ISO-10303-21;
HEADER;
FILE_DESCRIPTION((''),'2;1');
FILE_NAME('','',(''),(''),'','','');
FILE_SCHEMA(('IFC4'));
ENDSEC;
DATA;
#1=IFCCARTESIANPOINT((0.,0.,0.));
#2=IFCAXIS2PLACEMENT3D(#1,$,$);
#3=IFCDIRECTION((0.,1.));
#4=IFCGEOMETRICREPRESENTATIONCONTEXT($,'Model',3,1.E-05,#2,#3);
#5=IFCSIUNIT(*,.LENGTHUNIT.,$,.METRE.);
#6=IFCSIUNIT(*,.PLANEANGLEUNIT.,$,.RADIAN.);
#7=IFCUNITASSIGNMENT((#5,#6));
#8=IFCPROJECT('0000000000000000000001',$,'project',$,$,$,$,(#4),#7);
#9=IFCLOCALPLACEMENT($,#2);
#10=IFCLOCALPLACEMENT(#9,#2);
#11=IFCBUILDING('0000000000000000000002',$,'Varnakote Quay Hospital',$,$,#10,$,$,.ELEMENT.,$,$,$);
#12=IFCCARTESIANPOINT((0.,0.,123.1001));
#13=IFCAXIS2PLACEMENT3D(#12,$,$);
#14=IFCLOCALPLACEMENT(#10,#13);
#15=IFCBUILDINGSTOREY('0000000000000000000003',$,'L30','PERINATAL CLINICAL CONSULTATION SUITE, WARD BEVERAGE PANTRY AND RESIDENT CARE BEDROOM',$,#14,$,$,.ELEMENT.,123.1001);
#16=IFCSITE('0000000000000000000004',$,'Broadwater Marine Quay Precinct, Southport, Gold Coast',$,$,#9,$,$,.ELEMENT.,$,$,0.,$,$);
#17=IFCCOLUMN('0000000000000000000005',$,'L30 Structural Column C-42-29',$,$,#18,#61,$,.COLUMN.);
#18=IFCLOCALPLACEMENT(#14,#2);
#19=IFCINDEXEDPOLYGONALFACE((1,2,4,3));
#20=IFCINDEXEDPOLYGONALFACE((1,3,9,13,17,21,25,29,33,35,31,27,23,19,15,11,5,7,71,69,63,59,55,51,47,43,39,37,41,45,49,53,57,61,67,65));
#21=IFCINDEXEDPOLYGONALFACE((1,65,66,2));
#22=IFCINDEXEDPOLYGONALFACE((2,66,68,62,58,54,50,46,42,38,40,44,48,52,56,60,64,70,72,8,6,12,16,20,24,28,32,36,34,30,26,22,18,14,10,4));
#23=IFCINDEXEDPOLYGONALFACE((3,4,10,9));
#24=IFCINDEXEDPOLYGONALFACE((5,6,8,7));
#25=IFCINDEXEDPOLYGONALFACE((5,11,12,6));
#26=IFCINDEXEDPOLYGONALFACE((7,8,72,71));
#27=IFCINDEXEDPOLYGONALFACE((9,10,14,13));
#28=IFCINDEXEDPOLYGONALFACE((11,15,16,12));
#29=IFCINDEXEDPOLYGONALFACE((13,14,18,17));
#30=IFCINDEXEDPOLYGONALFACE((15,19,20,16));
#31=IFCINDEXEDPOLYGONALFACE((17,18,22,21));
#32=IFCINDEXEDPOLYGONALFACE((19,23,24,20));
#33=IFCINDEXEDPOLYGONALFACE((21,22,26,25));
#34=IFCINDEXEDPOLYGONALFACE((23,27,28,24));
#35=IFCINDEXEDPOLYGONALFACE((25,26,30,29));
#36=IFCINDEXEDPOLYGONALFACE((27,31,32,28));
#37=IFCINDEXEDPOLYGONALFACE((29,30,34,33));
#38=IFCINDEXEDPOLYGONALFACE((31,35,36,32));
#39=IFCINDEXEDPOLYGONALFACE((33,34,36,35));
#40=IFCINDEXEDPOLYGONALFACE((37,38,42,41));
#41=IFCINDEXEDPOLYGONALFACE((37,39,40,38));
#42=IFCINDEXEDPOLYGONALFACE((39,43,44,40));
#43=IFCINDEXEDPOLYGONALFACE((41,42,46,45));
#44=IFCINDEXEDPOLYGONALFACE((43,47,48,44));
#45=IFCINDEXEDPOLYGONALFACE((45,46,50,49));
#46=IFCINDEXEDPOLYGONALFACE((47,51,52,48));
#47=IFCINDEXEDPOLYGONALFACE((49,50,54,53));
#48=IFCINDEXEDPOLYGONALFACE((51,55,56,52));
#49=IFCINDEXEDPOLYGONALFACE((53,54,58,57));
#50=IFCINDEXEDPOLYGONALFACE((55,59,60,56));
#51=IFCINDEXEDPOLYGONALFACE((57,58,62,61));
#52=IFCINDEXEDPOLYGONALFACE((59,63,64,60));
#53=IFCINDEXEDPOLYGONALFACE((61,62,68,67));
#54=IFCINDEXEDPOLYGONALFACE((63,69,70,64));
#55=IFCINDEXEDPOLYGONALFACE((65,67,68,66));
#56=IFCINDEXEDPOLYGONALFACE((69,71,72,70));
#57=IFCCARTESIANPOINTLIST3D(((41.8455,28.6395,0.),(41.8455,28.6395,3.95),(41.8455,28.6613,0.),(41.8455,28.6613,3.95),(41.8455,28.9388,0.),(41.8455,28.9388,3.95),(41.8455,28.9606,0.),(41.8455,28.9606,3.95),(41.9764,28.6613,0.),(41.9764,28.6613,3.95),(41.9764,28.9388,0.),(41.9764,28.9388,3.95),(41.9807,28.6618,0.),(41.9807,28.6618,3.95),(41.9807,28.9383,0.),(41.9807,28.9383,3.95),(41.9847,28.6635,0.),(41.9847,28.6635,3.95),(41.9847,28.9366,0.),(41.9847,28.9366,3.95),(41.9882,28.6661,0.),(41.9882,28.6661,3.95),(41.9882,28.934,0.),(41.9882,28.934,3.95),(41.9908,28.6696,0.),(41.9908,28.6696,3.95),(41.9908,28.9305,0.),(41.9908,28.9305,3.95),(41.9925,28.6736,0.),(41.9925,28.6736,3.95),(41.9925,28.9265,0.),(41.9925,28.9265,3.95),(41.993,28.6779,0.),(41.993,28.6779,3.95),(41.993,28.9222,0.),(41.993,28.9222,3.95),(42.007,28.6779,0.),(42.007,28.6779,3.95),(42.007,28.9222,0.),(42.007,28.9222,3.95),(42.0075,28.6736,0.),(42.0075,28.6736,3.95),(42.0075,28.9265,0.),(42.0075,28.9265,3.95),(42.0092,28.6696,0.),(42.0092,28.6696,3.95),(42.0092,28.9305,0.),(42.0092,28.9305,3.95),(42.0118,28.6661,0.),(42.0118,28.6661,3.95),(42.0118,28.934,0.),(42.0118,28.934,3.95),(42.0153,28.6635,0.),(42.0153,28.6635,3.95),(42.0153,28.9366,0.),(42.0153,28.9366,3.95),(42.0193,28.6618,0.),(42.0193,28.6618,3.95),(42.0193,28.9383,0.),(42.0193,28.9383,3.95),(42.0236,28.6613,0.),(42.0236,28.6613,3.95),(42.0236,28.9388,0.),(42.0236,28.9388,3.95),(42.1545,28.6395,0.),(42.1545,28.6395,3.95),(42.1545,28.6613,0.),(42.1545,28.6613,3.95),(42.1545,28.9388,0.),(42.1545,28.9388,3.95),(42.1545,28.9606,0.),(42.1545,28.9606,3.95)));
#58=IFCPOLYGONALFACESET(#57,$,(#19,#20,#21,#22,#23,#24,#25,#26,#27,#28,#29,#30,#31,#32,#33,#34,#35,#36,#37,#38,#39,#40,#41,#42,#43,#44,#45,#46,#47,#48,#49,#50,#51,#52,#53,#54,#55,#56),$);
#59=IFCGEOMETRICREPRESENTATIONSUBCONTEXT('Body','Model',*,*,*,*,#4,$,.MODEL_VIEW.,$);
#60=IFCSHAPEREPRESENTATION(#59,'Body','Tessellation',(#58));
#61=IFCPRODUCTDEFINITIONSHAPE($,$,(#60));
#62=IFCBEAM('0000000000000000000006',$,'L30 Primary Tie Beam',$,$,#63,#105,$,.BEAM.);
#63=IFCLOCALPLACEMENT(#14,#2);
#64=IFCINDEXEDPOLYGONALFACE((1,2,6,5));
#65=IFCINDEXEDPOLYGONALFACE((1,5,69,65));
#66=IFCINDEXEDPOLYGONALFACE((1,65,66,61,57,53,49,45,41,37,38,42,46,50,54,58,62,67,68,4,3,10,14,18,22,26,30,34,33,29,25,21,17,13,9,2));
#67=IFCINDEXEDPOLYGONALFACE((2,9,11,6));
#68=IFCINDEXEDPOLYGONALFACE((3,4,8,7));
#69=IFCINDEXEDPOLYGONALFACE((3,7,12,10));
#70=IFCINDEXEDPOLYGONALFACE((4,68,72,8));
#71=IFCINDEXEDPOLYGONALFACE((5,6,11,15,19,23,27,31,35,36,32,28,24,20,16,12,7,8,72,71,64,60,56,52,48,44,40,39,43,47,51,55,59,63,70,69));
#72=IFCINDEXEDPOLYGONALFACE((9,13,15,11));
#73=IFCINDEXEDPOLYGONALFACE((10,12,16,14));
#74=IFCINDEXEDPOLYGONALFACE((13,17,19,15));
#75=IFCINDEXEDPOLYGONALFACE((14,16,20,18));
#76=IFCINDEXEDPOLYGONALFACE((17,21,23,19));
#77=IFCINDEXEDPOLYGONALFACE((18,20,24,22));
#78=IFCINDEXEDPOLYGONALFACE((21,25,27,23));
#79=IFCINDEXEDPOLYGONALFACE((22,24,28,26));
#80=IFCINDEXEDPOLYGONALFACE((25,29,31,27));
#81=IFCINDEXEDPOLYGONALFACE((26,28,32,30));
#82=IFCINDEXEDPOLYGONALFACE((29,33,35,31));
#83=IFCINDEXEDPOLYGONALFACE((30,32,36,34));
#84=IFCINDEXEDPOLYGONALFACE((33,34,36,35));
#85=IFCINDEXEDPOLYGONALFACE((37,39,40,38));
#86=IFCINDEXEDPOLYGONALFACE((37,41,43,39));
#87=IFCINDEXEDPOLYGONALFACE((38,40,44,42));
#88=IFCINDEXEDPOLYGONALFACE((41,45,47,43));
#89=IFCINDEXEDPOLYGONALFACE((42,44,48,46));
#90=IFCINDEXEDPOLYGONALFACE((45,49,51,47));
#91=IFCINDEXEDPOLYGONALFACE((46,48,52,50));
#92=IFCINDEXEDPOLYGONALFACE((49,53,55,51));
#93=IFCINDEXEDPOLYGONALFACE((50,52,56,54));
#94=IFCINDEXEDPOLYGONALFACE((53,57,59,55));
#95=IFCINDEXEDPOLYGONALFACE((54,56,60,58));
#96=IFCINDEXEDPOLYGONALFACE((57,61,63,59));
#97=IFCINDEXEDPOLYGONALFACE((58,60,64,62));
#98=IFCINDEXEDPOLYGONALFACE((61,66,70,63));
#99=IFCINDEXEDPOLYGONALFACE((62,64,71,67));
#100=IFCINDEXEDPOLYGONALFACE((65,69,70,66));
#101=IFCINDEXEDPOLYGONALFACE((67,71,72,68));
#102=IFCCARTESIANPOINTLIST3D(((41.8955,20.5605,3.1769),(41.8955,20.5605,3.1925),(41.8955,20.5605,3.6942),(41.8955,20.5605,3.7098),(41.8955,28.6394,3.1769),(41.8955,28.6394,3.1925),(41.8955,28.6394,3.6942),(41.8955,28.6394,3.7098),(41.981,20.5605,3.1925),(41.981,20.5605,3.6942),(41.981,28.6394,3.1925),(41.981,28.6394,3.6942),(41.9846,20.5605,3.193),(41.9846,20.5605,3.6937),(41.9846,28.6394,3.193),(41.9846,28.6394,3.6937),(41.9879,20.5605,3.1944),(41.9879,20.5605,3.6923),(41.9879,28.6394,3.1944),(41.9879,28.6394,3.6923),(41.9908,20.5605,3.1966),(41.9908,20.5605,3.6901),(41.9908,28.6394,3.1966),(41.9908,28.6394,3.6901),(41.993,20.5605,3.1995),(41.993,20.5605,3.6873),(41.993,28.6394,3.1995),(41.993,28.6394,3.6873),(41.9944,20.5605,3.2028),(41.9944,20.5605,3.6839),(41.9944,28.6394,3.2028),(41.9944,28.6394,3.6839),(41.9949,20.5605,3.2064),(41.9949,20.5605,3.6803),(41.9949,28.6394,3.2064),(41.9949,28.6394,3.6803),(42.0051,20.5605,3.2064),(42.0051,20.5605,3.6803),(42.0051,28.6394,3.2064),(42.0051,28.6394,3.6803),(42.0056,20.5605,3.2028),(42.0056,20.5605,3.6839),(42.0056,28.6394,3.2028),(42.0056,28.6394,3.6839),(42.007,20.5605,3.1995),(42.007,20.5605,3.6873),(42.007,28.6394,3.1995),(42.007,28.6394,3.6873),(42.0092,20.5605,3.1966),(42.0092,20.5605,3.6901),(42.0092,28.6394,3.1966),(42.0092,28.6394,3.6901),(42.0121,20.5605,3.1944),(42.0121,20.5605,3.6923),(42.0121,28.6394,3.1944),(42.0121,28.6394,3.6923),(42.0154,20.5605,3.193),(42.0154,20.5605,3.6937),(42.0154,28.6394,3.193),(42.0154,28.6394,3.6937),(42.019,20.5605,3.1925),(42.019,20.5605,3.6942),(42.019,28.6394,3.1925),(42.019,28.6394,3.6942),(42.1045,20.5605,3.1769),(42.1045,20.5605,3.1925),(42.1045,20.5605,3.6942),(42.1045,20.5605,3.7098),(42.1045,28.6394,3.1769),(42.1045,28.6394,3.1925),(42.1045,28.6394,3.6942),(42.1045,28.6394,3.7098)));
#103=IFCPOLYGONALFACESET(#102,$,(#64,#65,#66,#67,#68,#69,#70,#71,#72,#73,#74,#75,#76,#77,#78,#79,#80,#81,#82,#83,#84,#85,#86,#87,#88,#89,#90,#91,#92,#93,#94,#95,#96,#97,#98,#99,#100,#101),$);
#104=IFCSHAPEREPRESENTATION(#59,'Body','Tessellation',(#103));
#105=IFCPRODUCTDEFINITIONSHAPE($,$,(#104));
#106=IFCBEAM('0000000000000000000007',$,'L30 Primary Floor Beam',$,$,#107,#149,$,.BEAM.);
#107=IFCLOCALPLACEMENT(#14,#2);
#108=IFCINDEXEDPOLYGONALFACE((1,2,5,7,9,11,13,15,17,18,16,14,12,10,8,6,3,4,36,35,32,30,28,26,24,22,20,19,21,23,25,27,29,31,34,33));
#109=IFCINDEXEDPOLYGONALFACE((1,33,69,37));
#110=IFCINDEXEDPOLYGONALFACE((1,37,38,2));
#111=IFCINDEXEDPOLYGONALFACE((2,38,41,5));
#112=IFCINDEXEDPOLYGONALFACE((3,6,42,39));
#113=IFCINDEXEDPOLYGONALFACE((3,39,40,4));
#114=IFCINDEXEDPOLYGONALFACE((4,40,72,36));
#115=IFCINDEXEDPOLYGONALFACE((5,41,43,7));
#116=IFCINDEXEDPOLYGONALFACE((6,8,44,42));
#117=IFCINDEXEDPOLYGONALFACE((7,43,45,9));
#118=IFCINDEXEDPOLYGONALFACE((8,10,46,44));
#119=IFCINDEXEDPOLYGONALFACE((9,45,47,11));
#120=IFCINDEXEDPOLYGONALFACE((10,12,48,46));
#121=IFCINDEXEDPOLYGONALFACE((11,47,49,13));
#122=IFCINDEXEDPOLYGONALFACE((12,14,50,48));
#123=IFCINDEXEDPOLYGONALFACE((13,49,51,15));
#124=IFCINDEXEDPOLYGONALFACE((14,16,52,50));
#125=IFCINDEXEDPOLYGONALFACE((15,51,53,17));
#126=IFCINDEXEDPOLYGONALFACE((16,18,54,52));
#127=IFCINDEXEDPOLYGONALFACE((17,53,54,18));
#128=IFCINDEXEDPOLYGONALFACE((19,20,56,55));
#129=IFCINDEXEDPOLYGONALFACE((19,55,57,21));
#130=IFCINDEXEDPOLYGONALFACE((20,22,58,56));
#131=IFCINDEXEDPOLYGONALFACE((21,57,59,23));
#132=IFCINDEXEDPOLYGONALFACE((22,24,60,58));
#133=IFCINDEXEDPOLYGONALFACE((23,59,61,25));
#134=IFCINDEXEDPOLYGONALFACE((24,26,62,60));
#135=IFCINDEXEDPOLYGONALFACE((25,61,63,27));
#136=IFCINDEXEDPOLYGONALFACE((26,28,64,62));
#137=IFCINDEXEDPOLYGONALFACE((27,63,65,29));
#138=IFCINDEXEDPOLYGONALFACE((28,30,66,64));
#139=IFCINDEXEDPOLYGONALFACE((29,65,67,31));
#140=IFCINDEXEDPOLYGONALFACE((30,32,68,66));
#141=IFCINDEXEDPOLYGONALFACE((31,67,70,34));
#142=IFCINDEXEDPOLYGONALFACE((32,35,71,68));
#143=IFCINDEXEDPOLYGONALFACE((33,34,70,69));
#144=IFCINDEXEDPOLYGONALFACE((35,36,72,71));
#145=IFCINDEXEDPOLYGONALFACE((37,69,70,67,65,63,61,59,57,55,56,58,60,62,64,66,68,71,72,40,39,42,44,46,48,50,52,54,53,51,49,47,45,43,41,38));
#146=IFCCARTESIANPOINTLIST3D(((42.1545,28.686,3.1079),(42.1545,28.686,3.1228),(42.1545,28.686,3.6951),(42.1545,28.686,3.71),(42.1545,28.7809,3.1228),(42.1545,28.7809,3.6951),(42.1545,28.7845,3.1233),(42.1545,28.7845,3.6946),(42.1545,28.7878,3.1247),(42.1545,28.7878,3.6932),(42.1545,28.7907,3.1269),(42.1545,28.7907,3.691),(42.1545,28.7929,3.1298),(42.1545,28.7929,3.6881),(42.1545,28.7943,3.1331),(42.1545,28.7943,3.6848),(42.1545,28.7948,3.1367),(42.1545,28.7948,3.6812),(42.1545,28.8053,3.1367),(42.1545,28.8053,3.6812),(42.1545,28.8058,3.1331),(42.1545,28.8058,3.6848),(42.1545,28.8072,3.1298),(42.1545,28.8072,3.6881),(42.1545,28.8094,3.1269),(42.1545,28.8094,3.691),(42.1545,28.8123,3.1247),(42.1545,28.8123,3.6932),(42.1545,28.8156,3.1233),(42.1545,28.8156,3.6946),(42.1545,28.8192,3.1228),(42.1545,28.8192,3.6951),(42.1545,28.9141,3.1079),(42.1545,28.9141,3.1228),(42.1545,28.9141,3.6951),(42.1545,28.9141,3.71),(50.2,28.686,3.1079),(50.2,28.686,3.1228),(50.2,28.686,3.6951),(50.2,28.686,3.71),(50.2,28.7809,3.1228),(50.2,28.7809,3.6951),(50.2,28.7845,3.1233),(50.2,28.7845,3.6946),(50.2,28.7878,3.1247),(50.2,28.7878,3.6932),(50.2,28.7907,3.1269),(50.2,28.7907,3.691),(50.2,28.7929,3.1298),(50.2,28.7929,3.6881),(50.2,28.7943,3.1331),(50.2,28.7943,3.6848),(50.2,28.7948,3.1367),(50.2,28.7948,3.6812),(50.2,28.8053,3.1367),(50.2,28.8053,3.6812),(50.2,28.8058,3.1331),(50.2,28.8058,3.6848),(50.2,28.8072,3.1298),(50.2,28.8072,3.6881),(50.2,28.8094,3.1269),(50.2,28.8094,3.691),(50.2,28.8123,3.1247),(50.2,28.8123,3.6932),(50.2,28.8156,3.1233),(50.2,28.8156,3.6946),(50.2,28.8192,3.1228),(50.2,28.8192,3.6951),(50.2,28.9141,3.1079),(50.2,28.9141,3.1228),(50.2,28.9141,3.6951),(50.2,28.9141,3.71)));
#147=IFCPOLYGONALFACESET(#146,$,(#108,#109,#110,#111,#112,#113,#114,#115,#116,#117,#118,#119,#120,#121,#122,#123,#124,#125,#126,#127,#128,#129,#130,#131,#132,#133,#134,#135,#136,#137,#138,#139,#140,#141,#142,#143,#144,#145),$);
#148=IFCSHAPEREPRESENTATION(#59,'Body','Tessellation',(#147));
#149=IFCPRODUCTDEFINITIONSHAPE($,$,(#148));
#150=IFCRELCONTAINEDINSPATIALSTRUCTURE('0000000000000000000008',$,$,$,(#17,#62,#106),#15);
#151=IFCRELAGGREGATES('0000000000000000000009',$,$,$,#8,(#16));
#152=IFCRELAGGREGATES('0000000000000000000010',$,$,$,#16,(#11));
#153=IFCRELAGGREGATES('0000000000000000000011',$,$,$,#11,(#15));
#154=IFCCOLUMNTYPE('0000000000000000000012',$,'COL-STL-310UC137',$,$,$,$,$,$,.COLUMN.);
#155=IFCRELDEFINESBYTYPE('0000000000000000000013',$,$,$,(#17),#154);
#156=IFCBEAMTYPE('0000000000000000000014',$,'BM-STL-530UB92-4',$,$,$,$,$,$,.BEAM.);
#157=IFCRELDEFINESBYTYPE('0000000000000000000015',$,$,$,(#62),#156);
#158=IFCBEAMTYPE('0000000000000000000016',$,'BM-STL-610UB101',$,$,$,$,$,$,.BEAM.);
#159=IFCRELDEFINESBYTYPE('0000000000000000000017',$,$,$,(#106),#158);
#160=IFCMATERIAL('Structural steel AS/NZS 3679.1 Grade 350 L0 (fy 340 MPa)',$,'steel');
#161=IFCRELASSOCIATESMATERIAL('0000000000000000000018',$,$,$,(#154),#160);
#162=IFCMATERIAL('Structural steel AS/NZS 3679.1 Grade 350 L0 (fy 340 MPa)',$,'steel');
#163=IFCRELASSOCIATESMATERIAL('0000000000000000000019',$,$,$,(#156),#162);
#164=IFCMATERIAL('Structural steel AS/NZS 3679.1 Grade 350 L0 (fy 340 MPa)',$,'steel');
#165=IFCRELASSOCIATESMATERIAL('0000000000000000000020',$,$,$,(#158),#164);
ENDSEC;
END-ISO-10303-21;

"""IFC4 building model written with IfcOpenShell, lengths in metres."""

from ifc_helpers import new_model, si_unit, direction, frame, origin, origin_2d, place, context, subcontext, project, spatial, i_section, extrude, material, material_profile, profile_set, type_object, element, save


model = new_model("IFC4")

# Units and contexts
model_context = context("Model", 3, precision=1e-05, world=origin(), true_north=direction((0.0, 1.0)))
body_context = subcontext(model_context, "Body", "Model", "MODEL_VIEW")
ifc_project = project(units=[si_unit("LENGTHUNIT", "METRE"), si_unit("PLANEANGLEUNIT", "RADIAN")], contexts=[model_context])

# Site, building, storey
site_placement = place(None, origin())
site = spatial("IfcSite", under=ifc_project, at=site_placement, Name="Broadwater Marine Quay Precinct, Southport, Gold Coast", CompositionType="ELEMENT", RefElevation=0.0)
building_placement = place(site_placement, origin())
building = spatial("IfcBuilding", under=site, at=building_placement, Name="Varnakote Quay Hospital", CompositionType="ELEMENT")
storey_placement = place(building_placement, frame((0.0, 0.0, 123.1001)))
storey = spatial("IfcBuildingStorey", under=building, at=storey_placement, Name="L30", Description="PERINATAL CLINICAL CONSULTATION SUITE, WARD BEVERAGE PANTRY AND RESIDENT CARE BEDROOM", CompositionType="ELEMENT", Elevation=123.1001)

# Column
ifc_material_1 = material(Name="Structural steel AS/NZS 3679.1 Grade 350 L0 (fy 340 MPa)", Category="steel")
ifc_material_profile_1 = material_profile(ifc_material_1, i_section(OverallWidth=0.3091, OverallDepth=0.321, WebThickness=0.0139, FlangeThickness=0.0217, FilletRadius=0.0166, at=origin_2d()), Name="310UC137")
ifc_profile_set_1 = profile_set([ifc_material_profile_1], Name="Structural steel AS/NZS 3679.1 Grade 350 L0 (fy 340 MPa)")
column_type = type_object("IfcColumnType", Name="COL-STL-310UC137", PredefinedType="COLUMN", material=ifc_profile_set_1)
column_placement = place(storey_placement, frame((42.0, 28.8, 0.0), z_axis=(0.0, 0.0, 1.0), x_axis=(1.0, 0.0, 0.0)))
element("IfcColumn", 1, at=column_placement, inside=storey, type_object=column_type, Name="L30 Structural Column C-42-29", PredefinedType="COLUMN", context=body_context, shape_type="SweptSolid", body=[
    extrude(i_section(OverallWidth=0.3091, OverallDepth=0.321, WebThickness=0.0139, FlangeThickness=0.0217, FilletRadius=0.0166, at=origin_2d()), origin(), (0.0, 0.0, 1.0), 3.95),
])

# Beams
ifc_material_2 = material(Name="Structural steel AS/NZS 3679.1 Grade 350 L0 (fy 340 MPa)", Category="steel")
ifc_material_profile_2 = material_profile(ifc_material_2, i_section(OverallWidth=0.209, OverallDepth=0.533, WebThickness=0.0103, FlangeThickness=0.0156, FilletRadius=0.0139, at=origin_2d()), Name="530UB92.4")
ifc_profile_set_2 = profile_set([ifc_material_profile_2], Name="Structural steel AS/NZS 3679.1 Grade 350 L0 (fy 340 MPa)")
beam_type_1 = type_object("IfcBeamType", Name="BM-STL-530UB92-4", PredefinedType="BEAM", material=ifc_profile_set_2)
beam_1_placement = place(storey_placement, frame((42.0, 20.5605, 3.4434), z_axis=(0.0, 1.0, 0.0), x_axis=(-1.0, 0.0, 0.0)))
element("IfcBeam", 2, at=beam_1_placement, inside=storey, type_object=beam_type_1, Name="L30 Primary Tie Beam", PredefinedType="BEAM", context=body_context, shape_type="SweptSolid", body=[
    extrude(i_section(OverallWidth=0.209, OverallDepth=0.533, WebThickness=0.0103, FlangeThickness=0.0156, FilletRadius=0.0139, at=origin_2d()), origin(), (0.0, 0.0, 1.0), 8.0789),
])
ifc_material_3 = material(Name="Structural steel AS/NZS 3679.1 Grade 350 L0 (fy 340 MPa)", Category="steel")
ifc_material_profile_3 = material_profile(ifc_material_3, i_section(OverallWidth=0.228, OverallDepth=0.6021, WebThickness=0.0105, FlangeThickness=0.0149, FilletRadius=0.0139, at=origin_2d()), Name="610UB101")
ifc_profile_set_3 = profile_set([ifc_material_profile_3], Name="Structural steel AS/NZS 3679.1 Grade 350 L0 (fy 340 MPa)")
beam_type_2 = type_object("IfcBeamType", Name="BM-STL-610UB101", PredefinedType="BEAM", material=ifc_profile_set_3)
beam_2_placement = place(storey_placement, frame((42.1545, 28.8, 3.4089), z_axis=(1.0, 0.0, 0.0), x_axis=(0.0, 1.0, 0.0)))
element("IfcBeam", 3, at=beam_2_placement, inside=storey, type_object=beam_type_2, Name="L30 Primary Floor Beam", PredefinedType="BEAM", context=body_context, shape_type="SweptSolid", body=[
    extrude(i_section(OverallWidth=0.228, OverallDepth=0.6021, WebThickness=0.0105, FlangeThickness=0.0149, FilletRadius=0.0139, at=origin_2d()), origin(), (0.0, 0.0, 1.0), 8.0454),
])

save(model, "model.ifc")
